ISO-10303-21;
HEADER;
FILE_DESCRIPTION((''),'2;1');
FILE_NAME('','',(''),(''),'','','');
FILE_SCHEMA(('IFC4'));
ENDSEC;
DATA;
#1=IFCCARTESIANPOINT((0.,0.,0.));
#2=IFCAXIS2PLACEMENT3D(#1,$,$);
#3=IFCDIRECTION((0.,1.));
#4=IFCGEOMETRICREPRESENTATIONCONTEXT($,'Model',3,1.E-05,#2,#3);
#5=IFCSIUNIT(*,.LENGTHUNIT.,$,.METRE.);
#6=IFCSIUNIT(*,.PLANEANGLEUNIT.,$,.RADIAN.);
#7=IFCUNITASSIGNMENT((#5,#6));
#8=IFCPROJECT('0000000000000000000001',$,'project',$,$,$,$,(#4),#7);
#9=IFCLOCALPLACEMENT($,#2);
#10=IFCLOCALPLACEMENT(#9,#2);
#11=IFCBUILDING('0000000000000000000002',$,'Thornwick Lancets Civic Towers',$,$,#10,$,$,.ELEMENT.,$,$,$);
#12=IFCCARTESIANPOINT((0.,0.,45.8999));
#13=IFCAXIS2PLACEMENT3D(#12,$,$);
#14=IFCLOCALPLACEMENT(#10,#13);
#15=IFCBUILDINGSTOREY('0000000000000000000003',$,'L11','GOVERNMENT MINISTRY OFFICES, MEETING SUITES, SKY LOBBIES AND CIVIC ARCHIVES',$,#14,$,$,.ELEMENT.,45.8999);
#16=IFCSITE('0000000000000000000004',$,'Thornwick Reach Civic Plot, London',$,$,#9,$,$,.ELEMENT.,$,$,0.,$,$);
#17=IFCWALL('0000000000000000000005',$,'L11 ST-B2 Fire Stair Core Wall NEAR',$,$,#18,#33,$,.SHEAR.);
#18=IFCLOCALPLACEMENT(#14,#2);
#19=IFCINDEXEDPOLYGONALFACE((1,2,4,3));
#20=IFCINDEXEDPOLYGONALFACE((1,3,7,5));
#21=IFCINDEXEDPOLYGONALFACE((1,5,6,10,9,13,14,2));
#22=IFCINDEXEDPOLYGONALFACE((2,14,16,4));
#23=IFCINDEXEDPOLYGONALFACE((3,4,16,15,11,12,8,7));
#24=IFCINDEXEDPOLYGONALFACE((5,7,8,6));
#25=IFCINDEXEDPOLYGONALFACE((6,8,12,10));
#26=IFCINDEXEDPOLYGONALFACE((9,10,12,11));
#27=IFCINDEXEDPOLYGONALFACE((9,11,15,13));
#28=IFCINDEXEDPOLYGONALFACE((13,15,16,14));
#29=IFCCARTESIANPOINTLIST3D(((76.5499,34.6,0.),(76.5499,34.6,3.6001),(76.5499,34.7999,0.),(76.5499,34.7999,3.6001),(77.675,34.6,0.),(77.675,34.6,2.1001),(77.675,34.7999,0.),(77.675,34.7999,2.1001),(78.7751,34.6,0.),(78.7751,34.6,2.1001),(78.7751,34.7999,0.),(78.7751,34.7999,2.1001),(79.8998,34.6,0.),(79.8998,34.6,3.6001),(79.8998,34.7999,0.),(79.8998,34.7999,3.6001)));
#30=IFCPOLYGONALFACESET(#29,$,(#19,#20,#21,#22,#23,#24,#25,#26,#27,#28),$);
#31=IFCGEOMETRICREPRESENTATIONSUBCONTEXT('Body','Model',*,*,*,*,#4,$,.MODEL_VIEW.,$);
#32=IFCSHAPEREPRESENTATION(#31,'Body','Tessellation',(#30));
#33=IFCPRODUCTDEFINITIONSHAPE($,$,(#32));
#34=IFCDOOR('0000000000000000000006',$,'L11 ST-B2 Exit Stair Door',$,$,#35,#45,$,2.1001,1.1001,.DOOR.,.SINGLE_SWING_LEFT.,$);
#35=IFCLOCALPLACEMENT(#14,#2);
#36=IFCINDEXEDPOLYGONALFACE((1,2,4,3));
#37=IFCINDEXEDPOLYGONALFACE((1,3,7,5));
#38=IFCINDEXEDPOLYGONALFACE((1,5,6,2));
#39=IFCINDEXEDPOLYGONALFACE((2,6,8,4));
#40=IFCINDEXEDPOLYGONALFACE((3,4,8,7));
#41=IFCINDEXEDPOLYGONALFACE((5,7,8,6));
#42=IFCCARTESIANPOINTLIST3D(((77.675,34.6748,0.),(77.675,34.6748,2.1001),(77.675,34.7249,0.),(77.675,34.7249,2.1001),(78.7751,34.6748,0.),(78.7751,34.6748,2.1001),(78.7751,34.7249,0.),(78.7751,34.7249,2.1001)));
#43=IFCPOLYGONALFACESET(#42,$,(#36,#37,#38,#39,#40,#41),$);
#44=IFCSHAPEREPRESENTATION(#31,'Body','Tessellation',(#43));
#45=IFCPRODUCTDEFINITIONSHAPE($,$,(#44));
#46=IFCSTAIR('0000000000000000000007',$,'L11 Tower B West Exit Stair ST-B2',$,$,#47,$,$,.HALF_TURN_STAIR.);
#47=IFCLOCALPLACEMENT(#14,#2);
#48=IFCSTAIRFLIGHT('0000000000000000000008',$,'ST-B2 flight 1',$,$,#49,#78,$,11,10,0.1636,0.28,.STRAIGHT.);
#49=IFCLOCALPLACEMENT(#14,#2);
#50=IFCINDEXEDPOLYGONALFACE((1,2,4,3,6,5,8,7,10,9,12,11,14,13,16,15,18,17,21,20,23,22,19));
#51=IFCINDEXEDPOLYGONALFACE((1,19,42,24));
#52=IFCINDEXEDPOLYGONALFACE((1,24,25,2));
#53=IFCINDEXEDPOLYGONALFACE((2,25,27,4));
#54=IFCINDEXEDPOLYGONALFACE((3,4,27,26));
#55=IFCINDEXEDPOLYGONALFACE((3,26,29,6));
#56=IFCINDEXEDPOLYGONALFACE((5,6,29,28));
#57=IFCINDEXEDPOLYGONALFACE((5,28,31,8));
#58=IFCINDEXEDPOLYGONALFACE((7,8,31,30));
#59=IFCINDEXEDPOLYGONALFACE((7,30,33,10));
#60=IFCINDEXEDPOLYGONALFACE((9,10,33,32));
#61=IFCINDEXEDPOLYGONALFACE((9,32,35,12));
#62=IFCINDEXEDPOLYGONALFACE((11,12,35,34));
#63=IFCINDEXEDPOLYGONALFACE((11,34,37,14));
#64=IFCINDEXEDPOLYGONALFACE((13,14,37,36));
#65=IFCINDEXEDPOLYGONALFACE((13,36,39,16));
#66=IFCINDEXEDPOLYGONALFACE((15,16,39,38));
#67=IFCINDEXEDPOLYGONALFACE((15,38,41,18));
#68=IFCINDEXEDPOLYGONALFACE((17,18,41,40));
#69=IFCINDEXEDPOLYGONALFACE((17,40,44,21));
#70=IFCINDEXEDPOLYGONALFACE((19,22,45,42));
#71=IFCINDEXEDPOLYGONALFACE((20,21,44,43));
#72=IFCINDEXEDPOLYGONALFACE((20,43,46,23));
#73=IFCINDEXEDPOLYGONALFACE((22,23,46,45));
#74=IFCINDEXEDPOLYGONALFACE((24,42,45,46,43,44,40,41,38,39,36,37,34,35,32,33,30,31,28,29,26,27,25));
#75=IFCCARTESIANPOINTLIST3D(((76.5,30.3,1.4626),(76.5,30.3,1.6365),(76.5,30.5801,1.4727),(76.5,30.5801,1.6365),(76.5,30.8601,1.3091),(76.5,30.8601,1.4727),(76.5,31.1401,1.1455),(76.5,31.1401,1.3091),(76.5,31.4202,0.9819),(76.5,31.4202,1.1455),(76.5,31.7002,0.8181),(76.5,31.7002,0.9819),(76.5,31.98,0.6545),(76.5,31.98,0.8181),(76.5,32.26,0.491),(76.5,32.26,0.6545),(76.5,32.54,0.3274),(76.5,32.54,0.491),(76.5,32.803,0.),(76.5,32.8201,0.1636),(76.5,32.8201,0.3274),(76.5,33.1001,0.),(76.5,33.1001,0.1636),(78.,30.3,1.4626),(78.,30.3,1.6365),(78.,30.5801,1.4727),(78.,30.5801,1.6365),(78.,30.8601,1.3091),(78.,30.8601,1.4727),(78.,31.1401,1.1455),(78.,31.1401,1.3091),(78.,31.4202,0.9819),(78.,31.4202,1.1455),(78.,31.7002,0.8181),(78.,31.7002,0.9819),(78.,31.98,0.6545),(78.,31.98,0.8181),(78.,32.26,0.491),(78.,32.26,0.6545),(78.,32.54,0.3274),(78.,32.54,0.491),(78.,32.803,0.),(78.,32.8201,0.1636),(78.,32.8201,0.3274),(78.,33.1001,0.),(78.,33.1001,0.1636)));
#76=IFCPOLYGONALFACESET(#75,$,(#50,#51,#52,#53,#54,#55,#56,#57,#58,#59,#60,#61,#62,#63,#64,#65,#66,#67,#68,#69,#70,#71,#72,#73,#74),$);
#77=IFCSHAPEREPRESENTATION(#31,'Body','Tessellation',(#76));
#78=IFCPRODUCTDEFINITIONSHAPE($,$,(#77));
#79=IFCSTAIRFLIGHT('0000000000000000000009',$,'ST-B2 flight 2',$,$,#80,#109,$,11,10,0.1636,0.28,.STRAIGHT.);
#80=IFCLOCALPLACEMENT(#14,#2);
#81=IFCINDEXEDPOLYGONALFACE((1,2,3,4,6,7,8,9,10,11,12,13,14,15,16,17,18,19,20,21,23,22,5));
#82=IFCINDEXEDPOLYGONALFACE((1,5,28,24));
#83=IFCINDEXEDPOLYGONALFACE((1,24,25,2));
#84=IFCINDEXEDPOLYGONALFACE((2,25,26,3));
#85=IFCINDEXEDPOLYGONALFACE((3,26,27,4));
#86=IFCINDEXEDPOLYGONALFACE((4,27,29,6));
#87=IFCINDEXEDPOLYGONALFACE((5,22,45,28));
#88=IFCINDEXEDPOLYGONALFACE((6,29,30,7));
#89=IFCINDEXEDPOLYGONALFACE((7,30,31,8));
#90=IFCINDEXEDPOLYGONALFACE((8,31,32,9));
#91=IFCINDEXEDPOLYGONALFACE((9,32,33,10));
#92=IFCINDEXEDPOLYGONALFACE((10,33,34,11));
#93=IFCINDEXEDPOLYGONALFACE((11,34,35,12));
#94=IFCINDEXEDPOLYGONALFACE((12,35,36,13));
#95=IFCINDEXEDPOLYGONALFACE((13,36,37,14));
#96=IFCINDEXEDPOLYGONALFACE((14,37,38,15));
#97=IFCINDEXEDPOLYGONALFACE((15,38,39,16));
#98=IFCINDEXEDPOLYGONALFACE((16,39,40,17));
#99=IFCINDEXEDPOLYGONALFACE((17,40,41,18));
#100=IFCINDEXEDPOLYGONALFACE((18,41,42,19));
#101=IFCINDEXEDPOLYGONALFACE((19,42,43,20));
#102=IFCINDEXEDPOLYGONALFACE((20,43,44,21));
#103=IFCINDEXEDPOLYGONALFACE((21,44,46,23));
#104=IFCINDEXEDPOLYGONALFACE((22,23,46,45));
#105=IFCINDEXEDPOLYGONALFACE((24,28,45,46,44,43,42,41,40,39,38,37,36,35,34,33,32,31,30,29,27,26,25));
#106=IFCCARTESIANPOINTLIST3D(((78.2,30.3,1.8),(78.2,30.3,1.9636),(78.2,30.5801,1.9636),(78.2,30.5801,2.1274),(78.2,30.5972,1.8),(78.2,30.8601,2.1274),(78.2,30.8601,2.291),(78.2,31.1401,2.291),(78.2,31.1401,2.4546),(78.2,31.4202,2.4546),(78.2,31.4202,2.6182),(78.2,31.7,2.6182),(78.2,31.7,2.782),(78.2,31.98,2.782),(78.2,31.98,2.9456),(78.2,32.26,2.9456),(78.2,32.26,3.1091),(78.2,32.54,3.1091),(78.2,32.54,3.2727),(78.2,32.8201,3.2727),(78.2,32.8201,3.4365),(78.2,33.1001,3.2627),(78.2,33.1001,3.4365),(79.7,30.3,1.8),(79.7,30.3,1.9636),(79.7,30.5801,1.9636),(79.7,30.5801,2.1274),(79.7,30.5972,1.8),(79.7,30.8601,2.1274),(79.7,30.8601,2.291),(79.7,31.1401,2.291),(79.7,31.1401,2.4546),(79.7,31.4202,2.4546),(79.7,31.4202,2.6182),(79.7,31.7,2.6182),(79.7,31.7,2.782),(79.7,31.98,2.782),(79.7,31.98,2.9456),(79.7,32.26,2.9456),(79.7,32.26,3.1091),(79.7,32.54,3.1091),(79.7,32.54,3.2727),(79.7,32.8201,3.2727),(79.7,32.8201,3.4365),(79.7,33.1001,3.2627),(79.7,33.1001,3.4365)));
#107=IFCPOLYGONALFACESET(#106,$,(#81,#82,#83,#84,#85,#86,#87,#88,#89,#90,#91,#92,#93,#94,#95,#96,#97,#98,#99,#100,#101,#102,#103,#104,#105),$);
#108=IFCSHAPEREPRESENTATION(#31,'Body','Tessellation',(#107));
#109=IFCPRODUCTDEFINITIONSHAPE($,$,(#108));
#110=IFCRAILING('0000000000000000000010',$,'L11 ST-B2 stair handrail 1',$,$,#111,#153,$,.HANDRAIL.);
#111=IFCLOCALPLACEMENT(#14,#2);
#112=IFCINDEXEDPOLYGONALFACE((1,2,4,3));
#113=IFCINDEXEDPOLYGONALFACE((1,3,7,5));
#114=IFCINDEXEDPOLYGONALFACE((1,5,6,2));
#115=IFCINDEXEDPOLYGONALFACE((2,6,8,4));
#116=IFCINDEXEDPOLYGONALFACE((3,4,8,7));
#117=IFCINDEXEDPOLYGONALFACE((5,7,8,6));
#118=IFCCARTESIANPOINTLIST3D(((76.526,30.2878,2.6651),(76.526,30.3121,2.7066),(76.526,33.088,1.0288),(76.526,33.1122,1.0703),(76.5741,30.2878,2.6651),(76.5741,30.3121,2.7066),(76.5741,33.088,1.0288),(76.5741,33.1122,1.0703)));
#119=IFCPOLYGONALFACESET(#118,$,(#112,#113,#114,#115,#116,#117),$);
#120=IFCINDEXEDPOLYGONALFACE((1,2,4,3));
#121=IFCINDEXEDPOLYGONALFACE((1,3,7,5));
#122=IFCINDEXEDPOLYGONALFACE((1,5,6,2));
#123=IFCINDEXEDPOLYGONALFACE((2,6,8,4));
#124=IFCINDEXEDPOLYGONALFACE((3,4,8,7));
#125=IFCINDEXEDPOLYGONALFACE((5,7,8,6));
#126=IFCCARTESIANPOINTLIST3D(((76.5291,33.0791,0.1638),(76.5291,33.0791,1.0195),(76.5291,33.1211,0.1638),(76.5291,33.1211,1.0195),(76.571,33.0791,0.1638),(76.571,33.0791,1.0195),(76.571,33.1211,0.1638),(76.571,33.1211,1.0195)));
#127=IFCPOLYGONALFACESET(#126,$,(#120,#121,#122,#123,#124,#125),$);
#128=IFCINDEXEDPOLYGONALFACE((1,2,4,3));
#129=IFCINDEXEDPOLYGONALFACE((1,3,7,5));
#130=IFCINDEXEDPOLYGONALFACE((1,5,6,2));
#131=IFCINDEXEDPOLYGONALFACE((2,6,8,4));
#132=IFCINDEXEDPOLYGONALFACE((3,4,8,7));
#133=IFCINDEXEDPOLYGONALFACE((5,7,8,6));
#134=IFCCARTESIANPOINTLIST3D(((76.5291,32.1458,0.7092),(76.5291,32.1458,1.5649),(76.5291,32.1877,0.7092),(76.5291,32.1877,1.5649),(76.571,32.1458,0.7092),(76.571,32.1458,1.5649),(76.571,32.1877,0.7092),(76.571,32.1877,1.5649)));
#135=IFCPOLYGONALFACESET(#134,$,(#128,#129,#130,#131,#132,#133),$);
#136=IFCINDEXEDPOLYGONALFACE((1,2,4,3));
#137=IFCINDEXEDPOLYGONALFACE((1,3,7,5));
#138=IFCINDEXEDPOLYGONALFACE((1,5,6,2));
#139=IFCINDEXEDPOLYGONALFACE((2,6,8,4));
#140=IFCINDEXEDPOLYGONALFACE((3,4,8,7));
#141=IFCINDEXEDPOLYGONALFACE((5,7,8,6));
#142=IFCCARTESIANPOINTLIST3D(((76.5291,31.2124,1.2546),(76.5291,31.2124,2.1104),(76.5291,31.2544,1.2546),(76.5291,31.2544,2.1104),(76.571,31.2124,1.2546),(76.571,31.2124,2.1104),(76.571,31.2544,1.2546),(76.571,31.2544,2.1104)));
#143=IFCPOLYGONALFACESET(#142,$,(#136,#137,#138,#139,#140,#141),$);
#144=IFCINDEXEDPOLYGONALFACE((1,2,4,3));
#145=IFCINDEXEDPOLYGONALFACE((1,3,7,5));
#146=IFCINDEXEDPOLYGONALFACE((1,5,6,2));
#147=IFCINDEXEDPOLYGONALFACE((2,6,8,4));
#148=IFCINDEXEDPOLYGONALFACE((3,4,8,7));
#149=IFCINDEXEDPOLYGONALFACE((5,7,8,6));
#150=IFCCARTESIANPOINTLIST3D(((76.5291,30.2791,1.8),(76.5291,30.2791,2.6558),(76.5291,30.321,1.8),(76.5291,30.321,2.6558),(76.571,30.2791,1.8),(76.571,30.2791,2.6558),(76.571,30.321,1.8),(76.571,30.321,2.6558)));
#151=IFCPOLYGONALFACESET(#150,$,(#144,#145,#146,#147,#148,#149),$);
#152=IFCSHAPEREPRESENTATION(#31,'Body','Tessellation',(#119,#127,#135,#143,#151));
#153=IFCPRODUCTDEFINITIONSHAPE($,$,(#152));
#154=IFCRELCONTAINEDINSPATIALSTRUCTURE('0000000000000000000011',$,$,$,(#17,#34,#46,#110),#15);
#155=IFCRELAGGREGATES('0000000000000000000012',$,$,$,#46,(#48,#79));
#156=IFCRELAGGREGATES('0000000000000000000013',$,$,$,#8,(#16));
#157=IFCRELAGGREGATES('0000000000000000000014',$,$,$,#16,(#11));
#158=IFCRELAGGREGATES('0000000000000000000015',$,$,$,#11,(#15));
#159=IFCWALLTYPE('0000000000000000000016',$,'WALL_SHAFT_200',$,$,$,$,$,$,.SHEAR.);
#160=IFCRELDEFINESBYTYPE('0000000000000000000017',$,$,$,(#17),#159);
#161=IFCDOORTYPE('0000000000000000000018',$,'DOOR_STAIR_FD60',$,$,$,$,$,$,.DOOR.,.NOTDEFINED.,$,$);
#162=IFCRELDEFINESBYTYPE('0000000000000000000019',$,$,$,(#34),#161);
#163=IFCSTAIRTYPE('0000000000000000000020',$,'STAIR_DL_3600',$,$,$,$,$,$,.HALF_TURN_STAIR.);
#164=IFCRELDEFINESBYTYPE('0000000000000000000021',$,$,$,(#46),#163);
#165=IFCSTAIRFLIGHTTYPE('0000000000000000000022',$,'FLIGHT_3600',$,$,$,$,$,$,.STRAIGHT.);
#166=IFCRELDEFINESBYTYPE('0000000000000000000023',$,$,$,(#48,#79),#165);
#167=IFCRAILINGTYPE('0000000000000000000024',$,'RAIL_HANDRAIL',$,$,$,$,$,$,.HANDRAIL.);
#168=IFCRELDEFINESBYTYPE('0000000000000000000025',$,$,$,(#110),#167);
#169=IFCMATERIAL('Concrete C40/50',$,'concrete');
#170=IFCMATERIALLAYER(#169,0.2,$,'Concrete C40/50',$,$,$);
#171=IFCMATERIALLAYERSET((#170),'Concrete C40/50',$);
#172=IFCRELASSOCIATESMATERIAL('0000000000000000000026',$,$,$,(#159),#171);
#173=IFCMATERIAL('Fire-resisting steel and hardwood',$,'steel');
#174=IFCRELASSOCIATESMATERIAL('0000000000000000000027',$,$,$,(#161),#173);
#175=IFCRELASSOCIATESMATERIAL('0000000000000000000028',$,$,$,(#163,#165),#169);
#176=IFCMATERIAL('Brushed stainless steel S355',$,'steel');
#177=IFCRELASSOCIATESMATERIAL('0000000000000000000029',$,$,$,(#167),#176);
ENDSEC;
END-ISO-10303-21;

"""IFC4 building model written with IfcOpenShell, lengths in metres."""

from ifc_helpers import new_model, si_unit, direction, frame, frame_2d, origin, origin_2d, place, context, subcontext, project, spatial, polyline, rectangle, outline, extrude, material, layer, layer_set, type_object, element, fill, aggregate, save


model = new_model("IFC4")

# Units and contexts
model_context = context("Model", 3, precision=1e-05, world=origin(), true_north=direction((0.0, 1.0)))
body_context = subcontext(model_context, "Body", "Model", "MODEL_VIEW")
ifc_project = project(units=[si_unit("LENGTHUNIT", "METRE"), si_unit("PLANEANGLEUNIT", "RADIAN")], contexts=[model_context])

# Site, building, storey
site_placement = place(None, origin())
site = spatial("IfcSite", under=ifc_project, at=site_placement, Name="Thornwick Reach Civic Plot, London", CompositionType="ELEMENT", RefElevation=0.0)
building_placement = place(site_placement, origin())
building = spatial("IfcBuilding", under=site, at=building_placement, Name="Thornwick Lancets Civic Towers", CompositionType="ELEMENT")
storey_placement = place(building_placement, frame((0.0, 0.0, 45.8999)))
storey = spatial("IfcBuildingStorey", under=building, at=storey_placement, Name="L11", Description="GOVERNMENT MINISTRY OFFICES, MEETING SUITES, SKY LOBBIES AND CIVIC ARCHIVES", CompositionType="ELEMENT", Elevation=45.8999)

# Shared definitions
ifc_material_1 = material(Name="Concrete C40/50", Category="concrete")

# Wall, opening, door
ifc_layer_1 = layer(ifc_material_1, 0.2, Name="Concrete C40/50")
ifc_layer_set_1 = layer_set([ifc_layer_1], Name="Concrete C40/50")
wall_type_1 = type_object("IfcWallType", Name="WALL_SHAFT_200", PredefinedType="SHEAR", material=ifc_layer_set_1)
wall_1_placement = place(storey_placement, frame((76.55, 34.7, 0.0), z_axis=(0.0, 0.0, 1.0), x_axis=(1.0, 0.0, 0.0)))
wall_1 = element("IfcWall", 1, at=wall_1_placement, inside=storey, type_object=wall_type_1, Name="L11 ST-B2 Fire Stair Core Wall NEAR", PredefinedType="SHEAR", context=body_context, shape_type="SweptSolid", body=[
    extrude(rectangle(XDim=3.3499, YDim=0.2, at=frame_2d((1.6748, 0.0))), origin(), (0.0, 0.0, 1.0), 3.6001),
])
opening_placement = place(wall_1_placement, frame((1.125, 0.0, 0.0)))
opening = element("IfcOpeningElement", 2, at=opening_placement, cuts=wall_1, PredefinedType="OPENING", context=body_context, shape_type="SweptSolid", body=[
    extrude(rectangle(XDim=1.1001, YDim=2.1001, at=frame_2d((0.55, 1.05))), frame((0.0, 0.1099, 0.0), z_axis=(0.0, -1.0, 0.0), x_axis=(1.0, 0.0, 0.0)), (0.0, 0.0, 1.0), 0.22),
])
ifc_material_2 = material(Name="Fire-resisting steel and hardwood", Category="steel")
door_type = type_object("IfcDoorType", Name="DOOR_STAIR_FD60", OperationType="NOTDEFINED", PredefinedType="DOOR", material=ifc_material_2)
door_placement = place(opening_placement, origin())
door = element("IfcDoor", 3, at=door_placement, inside=storey, type_object=door_type, Name="L11 ST-B2 Exit Stair Door", OperationType="SINGLE_SWING_LEFT", OverallHeight=2.1001, OverallWidth=1.1001, PredefinedType="DOOR", context=body_context, shape_type="SweptSolid", body=[
    extrude(rectangle(XDim=1.1001, YDim=2.1001, at=frame_2d((0.55, 1.05))), frame((0.0, 0.0249, 0.0), z_axis=(0.0, -1.0, 0.0), x_axis=(1.0, 0.0, 0.0)), (0.0, 0.0, 1.0), 0.05),
])
fill(opening, door)

# Stair, stair flights
stair_type = type_object("IfcStairType", Name="STAIR_DL_3600", PredefinedType="HALF_TURN_STAIR", material=ifc_material_1)
stair_placement = place(storey_placement, origin())
stair = element("IfcStair", 4, at=stair_placement, inside=storey, type_object=stair_type, Name="L11 Tower B West Exit Stair ST-B2", PredefinedType="HALF_TURN_STAIR")
stair_flight_type = type_object("IfcStairFlightType", Name="FLIGHT_3600", PredefinedType="STRAIGHT", material=ifc_material_1)
stair_flight_1_placement = place(storey_placement, frame((77.25, 33.1001, 0.0), z_axis=(0.0, 0.0, 1.0), x_axis=(0.0, -1.0, 0.0)))
stair_flight_1 = element("IfcStairFlight", 5, at=stair_flight_1_placement, type_object=stair_flight_type, Name="ST-B2 flight 1", NumberOfRisers=11, NumberOfTreads=10, PredefinedType="STRAIGHT", RiserHeight=0.1636, TreadLength=0.28, context=body_context, shape_type="SweptSolid", body=[
    extrude(outline(polyline([(0.0, 0.0), (0.0, 0.1636), (0.28, 0.1636), (0.28, 0.3274), (0.5601, 0.3274), (0.5601, 0.491), (0.8401, 0.491), (0.8401, 0.6545), (1.1201, 0.6545), (1.1201, 0.8181), (1.3999, 0.8181), (1.3999, 0.9819), (1.6799, 0.9819), (1.6799, 1.1455), (1.96, 1.1455), (1.96, 1.3091), (2.24, 1.3091), (2.24, 1.4727), (2.52, 1.4727), (2.52, 1.6365), (2.8, 1.6365), (2.8, 1.8), (2.8, 1.4626), (0.2971, 0.0), (0.0, 0.0)])), frame((0.0, 0.75, 0.0), z_axis=(0.0, -1.0, 0.0), x_axis=(1.0, 0.0, 0.0)), (0.0, 0.0, 1.0), 1.5),
])
stair_flight_2_placement = place(storey_placement, frame((78.95, 30.3, 1.8), z_axis=(0.0, 0.0, 1.0), x_axis=(0.0, 1.0, 0.0)))
stair_flight_2 = element("IfcStairFlight", 6, at=stair_flight_2_placement, type_object=stair_flight_type, Name="ST-B2 flight 2", NumberOfRisers=11, NumberOfTreads=10, PredefinedType="STRAIGHT", RiserHeight=0.1636, TreadLength=0.28, context=body_context, shape_type="SweptSolid", body=[
    extrude(outline(polyline([(0.0, 0.0), (0.0, 0.1636), (0.28, 0.1636), (0.28, 0.3274), (0.5601, 0.3274), (0.5601, 0.491), (0.8401, 0.491), (0.8401, 0.6545), (1.1201, 0.6545), (1.1201, 0.8181), (1.3999, 0.8181), (1.3999, 0.9819), (1.6799, 0.9819), (1.6799, 1.1455), (1.96, 1.1455), (1.96, 1.3091), (2.24, 1.3091), (2.24, 1.4727), (2.52, 1.4727), (2.52, 1.6365), (2.8, 1.6365), (2.8, 1.8), (2.8, 1.4626), (0.2971, 0.0), (0.0, 0.0)])), frame((0.0, 0.75, 0.0), z_axis=(0.0, -1.0, 0.0), x_axis=(1.0, 0.0, 0.0)), (0.0, 0.0, 1.0), 1.5),
])
aggregate(stair, [stair_flight_1, stair_flight_2])

# Railing
ifc_material_3 = material(Name="Brushed stainless steel S355", Category="steel")
railing_type_1 = type_object("IfcRailingType", Name="RAIL_HANDRAIL", PredefinedType="HANDRAIL", material=ifc_material_3)
railing_1_placement = place(storey_placement, frame((76.55, 33.1001, 0.1638)))
element("IfcRailing", 7, at=railing_1_placement, inside=storey, type_object=railing_type_1, Name="L11 ST-B2 stair handrail 1", PredefinedType="HANDRAIL", context=body_context, shape_type="SweptSolid", body=[
    extrude(rectangle(XDim=0.0481, YDim=0.0481, at=origin_2d()), frame((0.0, 0.0, 0.8857), z_axis=(0.0, -0.863394, 0.504531), x_axis=(1.0, 0.0, 0.0)), (0.0, 0.0, 1.0), 3.2432),
    extrude(rectangle(XDim=0.042, YDim=0.042, at=origin_2d()), origin(), (0.0, 0.0, 1.0), 0.8557),
    extrude(rectangle(XDim=0.042, YDim=0.042, at=origin_2d()), frame((0.0, -0.9333, 0.5454)), (0.0, 0.0, 1.0), 0.8557),
    extrude(rectangle(XDim=0.042, YDim=0.042, at=origin_2d()), frame((0.0, -1.8667, 1.0908)), (0.0, 0.0, 1.0), 0.8557),
    extrude(rectangle(XDim=0.042, YDim=0.042, at=origin_2d()), frame((0.0, -2.8, 1.6362)), (0.0, 0.0, 1.0), 0.8557),
])

save(model, "model.ifc")
